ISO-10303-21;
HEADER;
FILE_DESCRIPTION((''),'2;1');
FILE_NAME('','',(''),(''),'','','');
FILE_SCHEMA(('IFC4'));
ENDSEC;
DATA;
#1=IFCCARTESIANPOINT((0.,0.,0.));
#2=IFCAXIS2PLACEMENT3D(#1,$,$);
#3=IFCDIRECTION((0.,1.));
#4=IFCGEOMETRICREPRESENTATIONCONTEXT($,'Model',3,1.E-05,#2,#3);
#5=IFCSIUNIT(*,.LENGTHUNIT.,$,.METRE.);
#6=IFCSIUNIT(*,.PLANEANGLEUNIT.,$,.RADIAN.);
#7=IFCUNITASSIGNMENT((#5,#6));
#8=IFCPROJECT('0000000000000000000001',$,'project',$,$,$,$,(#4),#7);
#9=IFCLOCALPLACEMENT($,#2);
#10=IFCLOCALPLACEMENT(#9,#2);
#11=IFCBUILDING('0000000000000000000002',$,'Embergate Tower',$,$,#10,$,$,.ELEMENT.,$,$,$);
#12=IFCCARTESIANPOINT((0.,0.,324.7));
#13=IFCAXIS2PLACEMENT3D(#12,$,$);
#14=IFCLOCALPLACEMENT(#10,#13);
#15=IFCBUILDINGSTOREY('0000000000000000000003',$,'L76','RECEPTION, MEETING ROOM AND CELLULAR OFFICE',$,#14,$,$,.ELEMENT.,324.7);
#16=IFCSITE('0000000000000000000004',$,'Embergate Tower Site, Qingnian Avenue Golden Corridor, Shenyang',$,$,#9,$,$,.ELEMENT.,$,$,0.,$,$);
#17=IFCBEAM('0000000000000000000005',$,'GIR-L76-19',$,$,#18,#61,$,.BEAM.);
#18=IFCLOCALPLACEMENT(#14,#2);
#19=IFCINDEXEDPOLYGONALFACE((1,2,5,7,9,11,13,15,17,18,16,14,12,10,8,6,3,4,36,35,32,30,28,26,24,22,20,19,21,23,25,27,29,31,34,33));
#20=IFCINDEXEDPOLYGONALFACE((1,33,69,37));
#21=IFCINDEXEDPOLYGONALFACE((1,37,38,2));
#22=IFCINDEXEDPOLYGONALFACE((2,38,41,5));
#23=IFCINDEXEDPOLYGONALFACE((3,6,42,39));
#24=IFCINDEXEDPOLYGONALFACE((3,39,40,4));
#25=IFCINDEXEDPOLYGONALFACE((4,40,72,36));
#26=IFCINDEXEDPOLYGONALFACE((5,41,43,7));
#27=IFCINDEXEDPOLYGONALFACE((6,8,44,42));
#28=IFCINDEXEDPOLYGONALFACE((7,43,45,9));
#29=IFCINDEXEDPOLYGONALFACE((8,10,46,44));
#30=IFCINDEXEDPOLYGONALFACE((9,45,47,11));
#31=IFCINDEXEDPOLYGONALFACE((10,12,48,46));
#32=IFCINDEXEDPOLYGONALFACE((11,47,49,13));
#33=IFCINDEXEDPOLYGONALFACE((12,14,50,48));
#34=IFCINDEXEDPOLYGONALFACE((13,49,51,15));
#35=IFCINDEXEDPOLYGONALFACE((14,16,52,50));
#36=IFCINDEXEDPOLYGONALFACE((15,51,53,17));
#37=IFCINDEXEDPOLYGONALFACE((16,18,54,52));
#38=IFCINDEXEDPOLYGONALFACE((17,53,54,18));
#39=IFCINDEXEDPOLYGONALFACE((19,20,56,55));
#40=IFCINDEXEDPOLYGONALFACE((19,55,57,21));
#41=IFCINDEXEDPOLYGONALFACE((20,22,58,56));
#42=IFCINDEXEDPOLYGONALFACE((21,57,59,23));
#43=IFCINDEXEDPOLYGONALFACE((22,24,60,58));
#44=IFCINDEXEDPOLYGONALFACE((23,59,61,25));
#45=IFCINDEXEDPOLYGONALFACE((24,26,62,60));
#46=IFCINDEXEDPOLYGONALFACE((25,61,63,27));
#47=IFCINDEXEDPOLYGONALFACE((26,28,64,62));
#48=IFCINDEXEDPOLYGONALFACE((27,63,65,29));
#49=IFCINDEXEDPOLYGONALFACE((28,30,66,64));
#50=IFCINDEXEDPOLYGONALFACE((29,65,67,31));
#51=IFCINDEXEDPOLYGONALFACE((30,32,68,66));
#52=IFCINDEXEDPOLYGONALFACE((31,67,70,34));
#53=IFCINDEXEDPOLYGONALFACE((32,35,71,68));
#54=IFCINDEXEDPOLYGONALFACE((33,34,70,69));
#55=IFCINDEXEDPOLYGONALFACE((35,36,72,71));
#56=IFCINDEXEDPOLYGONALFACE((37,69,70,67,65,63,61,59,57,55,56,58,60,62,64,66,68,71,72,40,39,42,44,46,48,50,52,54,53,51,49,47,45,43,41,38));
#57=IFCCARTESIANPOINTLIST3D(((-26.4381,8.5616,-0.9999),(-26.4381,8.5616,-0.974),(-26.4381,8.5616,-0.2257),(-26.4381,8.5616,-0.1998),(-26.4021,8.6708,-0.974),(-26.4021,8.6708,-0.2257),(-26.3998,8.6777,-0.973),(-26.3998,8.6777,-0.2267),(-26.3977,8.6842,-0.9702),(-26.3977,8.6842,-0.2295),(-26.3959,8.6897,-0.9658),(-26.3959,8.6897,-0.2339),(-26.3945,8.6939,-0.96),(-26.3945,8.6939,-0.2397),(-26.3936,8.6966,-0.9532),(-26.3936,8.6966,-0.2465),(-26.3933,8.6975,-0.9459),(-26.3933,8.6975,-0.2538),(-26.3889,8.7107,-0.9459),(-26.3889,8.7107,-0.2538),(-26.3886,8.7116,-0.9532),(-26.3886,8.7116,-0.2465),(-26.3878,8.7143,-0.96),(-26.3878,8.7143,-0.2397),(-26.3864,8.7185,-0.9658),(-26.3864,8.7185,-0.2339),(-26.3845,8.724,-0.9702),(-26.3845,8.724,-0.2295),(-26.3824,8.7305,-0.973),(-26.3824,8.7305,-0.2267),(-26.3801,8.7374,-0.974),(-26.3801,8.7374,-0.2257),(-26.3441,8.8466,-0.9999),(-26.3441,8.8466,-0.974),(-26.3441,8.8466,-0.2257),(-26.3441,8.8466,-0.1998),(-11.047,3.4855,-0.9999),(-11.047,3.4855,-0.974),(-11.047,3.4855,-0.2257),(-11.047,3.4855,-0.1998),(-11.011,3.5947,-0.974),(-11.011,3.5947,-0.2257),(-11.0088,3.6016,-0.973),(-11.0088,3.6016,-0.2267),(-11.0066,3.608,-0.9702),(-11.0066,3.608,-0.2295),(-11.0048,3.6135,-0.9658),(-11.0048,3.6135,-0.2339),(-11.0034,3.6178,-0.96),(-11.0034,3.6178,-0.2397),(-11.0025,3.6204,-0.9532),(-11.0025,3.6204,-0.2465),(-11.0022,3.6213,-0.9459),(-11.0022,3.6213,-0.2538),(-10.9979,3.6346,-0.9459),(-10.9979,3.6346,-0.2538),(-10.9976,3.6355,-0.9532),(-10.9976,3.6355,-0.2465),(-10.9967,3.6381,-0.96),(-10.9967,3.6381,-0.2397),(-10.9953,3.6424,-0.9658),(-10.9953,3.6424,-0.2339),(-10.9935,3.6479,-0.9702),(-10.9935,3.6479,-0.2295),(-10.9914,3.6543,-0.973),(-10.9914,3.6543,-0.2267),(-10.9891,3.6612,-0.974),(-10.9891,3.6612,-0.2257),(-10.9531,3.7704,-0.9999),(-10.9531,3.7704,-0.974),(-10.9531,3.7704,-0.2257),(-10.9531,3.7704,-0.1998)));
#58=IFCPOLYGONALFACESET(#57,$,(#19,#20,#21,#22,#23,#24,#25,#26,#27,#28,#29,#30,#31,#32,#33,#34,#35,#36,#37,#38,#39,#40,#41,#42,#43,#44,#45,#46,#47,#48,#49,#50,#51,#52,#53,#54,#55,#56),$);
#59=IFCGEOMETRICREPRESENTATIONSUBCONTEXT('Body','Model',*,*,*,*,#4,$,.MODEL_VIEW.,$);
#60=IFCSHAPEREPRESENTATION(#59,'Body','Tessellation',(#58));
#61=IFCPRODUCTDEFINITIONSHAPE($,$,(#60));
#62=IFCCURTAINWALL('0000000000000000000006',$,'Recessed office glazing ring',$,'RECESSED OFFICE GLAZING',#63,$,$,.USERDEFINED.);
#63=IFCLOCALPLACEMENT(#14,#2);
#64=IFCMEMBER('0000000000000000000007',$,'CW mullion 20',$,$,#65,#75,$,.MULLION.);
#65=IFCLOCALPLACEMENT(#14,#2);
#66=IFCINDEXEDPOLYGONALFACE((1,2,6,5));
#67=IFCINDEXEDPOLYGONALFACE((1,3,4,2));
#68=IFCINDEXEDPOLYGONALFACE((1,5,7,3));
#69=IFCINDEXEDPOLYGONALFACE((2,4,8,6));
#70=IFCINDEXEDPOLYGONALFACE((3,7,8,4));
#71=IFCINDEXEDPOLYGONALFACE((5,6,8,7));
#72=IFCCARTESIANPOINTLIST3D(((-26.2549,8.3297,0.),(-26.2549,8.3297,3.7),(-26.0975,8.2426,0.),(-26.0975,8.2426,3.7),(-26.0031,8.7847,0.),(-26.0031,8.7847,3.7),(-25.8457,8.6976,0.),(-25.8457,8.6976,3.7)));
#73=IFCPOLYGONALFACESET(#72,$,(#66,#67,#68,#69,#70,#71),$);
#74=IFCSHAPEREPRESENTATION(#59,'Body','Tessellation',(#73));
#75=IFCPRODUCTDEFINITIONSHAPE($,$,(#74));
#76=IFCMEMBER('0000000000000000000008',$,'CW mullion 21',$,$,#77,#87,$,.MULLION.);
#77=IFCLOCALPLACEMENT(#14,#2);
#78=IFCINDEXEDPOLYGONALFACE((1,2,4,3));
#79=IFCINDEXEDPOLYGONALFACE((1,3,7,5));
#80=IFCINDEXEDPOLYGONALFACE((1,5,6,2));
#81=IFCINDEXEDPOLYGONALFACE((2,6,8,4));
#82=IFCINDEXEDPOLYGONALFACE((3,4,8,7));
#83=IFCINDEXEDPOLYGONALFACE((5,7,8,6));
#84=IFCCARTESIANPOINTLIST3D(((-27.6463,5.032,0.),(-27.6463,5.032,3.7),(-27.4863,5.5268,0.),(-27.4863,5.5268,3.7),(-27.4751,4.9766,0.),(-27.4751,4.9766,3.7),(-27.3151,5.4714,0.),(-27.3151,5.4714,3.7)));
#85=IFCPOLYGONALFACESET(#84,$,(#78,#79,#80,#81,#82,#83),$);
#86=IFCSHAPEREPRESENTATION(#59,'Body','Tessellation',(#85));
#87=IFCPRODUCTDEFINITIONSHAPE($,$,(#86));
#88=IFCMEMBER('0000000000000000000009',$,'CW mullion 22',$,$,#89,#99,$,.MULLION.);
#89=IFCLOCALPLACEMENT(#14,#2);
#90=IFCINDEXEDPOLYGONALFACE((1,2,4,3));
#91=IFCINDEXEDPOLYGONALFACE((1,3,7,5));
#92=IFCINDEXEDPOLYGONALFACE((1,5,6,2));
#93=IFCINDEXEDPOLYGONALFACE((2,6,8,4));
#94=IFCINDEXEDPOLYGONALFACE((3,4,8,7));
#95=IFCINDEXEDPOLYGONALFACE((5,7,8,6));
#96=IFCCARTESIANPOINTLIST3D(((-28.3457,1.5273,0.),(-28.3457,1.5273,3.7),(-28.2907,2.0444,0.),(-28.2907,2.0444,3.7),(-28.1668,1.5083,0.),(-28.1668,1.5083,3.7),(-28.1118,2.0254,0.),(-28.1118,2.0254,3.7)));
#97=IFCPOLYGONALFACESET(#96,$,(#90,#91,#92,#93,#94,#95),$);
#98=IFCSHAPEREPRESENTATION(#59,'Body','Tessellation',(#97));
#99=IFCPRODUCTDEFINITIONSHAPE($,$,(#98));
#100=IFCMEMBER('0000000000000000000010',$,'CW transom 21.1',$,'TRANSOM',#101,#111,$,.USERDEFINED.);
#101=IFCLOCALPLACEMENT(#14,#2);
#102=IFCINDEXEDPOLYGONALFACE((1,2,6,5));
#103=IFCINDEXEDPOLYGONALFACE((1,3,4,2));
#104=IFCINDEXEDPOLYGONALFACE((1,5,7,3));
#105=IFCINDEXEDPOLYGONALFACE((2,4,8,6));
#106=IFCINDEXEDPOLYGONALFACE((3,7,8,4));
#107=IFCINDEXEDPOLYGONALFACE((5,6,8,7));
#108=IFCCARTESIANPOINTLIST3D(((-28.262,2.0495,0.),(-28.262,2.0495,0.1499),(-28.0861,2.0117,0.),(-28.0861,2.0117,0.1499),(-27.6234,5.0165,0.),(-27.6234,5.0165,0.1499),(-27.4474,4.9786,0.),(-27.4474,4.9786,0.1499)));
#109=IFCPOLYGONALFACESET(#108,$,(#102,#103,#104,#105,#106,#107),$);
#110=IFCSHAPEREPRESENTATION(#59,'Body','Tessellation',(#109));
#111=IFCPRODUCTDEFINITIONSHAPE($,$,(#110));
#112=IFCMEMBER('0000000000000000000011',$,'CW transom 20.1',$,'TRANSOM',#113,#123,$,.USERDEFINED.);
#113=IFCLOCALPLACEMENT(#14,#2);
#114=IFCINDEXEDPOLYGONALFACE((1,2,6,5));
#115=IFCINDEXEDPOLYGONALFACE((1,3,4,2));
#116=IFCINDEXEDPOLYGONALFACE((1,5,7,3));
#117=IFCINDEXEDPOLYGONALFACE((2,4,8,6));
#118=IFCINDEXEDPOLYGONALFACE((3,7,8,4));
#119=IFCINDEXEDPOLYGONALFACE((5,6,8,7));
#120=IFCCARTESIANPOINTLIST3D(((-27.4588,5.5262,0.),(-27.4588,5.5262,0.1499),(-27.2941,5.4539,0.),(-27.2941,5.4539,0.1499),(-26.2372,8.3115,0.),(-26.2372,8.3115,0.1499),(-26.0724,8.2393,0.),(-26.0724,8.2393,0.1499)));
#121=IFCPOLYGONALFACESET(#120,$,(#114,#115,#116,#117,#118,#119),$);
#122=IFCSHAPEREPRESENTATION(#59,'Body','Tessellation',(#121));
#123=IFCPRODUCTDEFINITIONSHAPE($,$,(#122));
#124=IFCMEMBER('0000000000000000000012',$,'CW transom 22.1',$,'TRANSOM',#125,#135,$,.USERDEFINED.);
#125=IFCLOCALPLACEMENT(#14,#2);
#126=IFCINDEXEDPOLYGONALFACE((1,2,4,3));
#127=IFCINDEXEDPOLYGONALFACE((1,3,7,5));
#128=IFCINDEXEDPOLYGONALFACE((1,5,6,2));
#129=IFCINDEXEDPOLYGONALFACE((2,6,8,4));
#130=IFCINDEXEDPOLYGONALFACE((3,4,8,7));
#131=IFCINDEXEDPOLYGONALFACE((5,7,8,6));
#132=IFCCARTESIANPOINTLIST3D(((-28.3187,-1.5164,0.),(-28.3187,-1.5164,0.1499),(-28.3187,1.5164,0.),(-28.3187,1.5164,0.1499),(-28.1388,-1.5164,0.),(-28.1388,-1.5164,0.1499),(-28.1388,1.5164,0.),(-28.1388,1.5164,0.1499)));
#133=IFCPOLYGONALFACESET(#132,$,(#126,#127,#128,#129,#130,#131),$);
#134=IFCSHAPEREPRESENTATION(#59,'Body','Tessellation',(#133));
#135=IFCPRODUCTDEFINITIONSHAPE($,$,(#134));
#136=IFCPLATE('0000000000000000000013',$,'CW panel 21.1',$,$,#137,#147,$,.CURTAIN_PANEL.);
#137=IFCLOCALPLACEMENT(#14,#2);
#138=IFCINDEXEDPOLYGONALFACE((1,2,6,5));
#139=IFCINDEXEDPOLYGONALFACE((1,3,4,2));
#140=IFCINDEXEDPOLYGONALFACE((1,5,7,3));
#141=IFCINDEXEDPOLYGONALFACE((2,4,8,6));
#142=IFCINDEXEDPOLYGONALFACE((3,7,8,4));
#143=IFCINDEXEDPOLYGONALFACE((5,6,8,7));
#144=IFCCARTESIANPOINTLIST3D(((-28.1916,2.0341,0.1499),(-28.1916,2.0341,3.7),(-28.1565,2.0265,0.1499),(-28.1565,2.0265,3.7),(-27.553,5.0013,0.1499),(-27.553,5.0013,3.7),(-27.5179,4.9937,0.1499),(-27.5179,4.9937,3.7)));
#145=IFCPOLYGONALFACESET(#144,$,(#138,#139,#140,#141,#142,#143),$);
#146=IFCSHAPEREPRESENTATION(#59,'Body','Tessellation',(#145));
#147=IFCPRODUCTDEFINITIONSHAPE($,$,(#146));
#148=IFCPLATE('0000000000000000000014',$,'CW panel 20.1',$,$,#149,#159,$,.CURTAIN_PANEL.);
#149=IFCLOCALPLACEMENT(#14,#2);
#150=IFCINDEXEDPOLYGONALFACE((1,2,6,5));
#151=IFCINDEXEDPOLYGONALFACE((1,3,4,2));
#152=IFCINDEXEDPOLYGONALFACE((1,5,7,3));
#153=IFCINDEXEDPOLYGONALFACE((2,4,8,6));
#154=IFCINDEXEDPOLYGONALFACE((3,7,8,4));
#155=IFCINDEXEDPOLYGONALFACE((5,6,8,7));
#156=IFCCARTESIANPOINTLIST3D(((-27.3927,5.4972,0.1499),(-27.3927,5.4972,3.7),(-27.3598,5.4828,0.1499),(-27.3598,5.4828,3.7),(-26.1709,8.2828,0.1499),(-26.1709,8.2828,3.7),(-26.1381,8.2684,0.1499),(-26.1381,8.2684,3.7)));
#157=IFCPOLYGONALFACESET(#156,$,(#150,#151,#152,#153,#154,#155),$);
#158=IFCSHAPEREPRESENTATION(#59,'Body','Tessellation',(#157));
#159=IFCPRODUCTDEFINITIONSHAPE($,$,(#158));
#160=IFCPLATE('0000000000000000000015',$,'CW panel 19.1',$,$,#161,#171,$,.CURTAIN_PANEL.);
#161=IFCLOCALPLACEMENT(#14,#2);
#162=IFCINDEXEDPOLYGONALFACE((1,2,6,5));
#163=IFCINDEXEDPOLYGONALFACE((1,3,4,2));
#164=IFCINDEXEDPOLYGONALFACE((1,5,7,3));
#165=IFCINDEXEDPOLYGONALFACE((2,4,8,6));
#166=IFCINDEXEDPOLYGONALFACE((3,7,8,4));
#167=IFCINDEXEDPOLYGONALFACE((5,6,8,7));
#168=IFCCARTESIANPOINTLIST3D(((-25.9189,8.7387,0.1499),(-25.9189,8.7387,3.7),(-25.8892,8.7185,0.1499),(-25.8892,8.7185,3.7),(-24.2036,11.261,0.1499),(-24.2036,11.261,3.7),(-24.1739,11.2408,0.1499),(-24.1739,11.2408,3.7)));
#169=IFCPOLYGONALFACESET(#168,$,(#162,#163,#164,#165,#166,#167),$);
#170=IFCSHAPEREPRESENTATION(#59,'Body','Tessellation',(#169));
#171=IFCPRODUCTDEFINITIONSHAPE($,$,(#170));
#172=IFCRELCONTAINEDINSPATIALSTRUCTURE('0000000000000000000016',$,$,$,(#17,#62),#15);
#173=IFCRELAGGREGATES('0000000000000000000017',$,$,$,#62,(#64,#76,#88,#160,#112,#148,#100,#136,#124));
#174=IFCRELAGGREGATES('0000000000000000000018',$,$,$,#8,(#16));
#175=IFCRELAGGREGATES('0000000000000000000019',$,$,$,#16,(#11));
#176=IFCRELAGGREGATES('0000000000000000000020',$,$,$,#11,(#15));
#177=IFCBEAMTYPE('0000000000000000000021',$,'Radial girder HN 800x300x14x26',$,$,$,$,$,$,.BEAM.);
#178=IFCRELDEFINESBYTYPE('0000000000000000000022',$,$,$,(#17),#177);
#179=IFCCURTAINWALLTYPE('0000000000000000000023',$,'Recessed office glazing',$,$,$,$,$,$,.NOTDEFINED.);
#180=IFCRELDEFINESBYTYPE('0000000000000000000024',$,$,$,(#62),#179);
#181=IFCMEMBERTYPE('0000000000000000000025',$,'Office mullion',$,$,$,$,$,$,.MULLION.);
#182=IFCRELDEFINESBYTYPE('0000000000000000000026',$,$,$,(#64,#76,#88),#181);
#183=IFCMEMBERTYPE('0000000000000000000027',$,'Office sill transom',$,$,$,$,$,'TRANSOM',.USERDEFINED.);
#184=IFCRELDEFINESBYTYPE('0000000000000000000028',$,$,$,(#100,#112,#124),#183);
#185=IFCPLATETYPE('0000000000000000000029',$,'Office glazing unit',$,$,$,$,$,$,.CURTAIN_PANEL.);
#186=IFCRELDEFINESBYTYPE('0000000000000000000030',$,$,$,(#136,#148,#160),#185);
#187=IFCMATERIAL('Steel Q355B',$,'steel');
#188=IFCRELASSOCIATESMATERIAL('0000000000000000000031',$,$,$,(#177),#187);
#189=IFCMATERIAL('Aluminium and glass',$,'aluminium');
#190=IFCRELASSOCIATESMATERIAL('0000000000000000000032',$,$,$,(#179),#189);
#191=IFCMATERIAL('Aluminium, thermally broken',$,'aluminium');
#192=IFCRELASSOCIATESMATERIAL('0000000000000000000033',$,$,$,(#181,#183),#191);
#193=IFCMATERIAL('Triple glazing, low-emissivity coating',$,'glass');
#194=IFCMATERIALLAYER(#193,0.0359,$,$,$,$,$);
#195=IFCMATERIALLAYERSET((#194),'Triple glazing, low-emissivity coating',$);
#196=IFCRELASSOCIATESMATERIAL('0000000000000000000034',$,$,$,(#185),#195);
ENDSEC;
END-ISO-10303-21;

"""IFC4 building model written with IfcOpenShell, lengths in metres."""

from ifc_helpers import new_model, si_unit, direction, frame, origin, origin_2d, place, context, subcontext, project, spatial, rectangle, i_section, extrude, source, transform, mapped, material, layer, layer_set, material_profile, profile_set, type_object, element, aggregate, save


model = new_model("IFC4")

# Units and contexts
model_context = context("Model", 3, precision=1e-05, world=origin(), true_north=direction((0.0, 1.0)))
body_context = subcontext(model_context, "Body", "Model", "MODEL_VIEW")
ifc_project = project(units=[si_unit("LENGTHUNIT", "METRE"), si_unit("PLANEANGLEUNIT", "RADIAN")], contexts=[model_context])

# Site, building, storey
site_placement = place(None, origin())
site = spatial("IfcSite", under=ifc_project, at=site_placement, Name="Embergate Tower Site, Qingnian Avenue Golden Corridor, Shenyang", CompositionType="ELEMENT", RefElevation=0.0)
building_placement = place(site_placement, origin())
building = spatial("IfcBuilding", under=site, at=building_placement, Name="Embergate Tower", CompositionType="ELEMENT")
storey_placement = place(building_placement, frame((0.0, 0.0, 324.7)))
storey = spatial("IfcBuildingStorey", under=building, at=storey_placement, Name="L76", Description="RECEPTION, MEETING ROOM AND CELLULAR OFFICE", CompositionType="ELEMENT", Elevation=324.7)

# Beam
ifc_material_1 = material(Name="Steel Q355B", Category="steel")
ifc_material_profile_1 = material_profile(ifc_material_1, i_section(OverallWidth=0.3, OverallDepth=0.8, WebThickness=0.0139, FlangeThickness=0.0259, FilletRadius=0.0281, at=origin_2d()), Name="HN 800x300x14x26")
ifc_profile_set_1 = profile_set([ifc_material_profile_1], Name="Steel Q355 grade B")
beam_type_1 = type_object("IfcBeamType", Name="Radial girder HN 800x300x14x26", PredefinedType="BEAM", material=ifc_profile_set_1)
shared_shape_1 = source(origin(), body_context, "Body", "SweptSolid", [
    extrude(i_section(OverallWidth=0.3, OverallDepth=0.8, WebThickness=0.0139, FlangeThickness=0.0259, FilletRadius=0.0281, at=origin_2d()), origin(), (0.0, 0.0, 1.0), 16.2065),
])
beam_1_placement = place(storey_placement, frame((-26.3911, 8.7041, -0.5999), z_axis=(0.949682, -0.313216, 0.0), x_axis=(0.313216, 0.949682, 0.0)))
element("IfcBeam", 1, at=beam_1_placement, inside=storey, type_object=beam_type_1, Name="GIR-L76-19", PredefinedType="BEAM", context=body_context, shape_type="MappedRepresentation", body=[
    mapped(shared_shape_1, transform((0.0, 0.0, 0.0))),
])

# Curtain wall, members, plates
ifc_material_2 = material(Name="Aluminium and glass", Category="aluminium")
curtain_wall_type = type_object("IfcCurtainWallType", Name="Recessed office glazing", PredefinedType="NOTDEFINED", material=ifc_material_2)
curtain_wall_placement = place(storey_placement, origin())
curtain_wall = element("IfcCurtainWall", 2, at=curtain_wall_placement, inside=storey, type_object=curtain_wall_type, Name="Recessed office glazing ring", ObjectType="RECESSED OFFICE GLAZING", PredefinedType="USERDEFINED")
ifc_material_3 = material(Name="Aluminium, thermally broken", Category="aluminium")
ifc_material_profile_2 = material_profile(ifc_material_3, rectangle(XDim=0.1799, YDim=0.52, at=origin_2d()), Name="AL 520x180")
ifc_profile_set_2 = profile_set([ifc_material_profile_2], Name="Aluminium, thermally broken")
member_type_1 = type_object("IfcMemberType", Name="Office mullion", PredefinedType="MULLION", material=ifc_profile_set_2)
shared_shape_2 = source(origin(), body_context, "Body", "SweptSolid", [
    extrude(rectangle(XDim=0.1799, YDim=0.52, at=origin_2d()), origin(), (0.0, 0.0, 1.0), 3.7),
])
member_1_placement = place(storey_placement, frame((-26.0503, 8.5137, 0.0), z_axis=(0.0, 0.0, 1.0), x_axis=(0.874991, -0.484139, 0.0)))
member_1 = element("IfcMember", 3, at=member_1_placement, type_object=member_type_1, Name="CW mullion 20", PredefinedType="MULLION", context=body_context, shape_type="MappedRepresentation", body=[
    mapped(shared_shape_2, transform((0.0, 0.0, 0.0))),
])
member_2_placement = place(storey_placement, frame((-27.4807, 5.2517, 0.0), z_axis=(0.0, 0.0, 1.0), x_axis=(0.951492, -0.307674, 0.0)))
member_2 = element("IfcMember", 4, at=member_2_placement, type_object=member_type_1, Name="CW mullion 21", PredefinedType="MULLION", context=body_context, shape_type="MappedRepresentation", body=[
    mapped(shared_shape_2, transform((0.0, 0.0, 0.0))),
])
member_3_placement = place(storey_placement, frame((-28.2288, 1.7764, 0.0), z_axis=(0.0, 0.0, 1.0), x_axis=(0.994384, -0.105832, 0.0)))
member_3 = element("IfcMember", 5, at=member_3_placement, type_object=member_type_1, Name="CW mullion 22", PredefinedType="MULLION", context=body_context, shape_type="MappedRepresentation", body=[
    mapped(shared_shape_2, transform((0.0, 0.0, 0.0))),
])
ifc_material_profile_3 = material_profile(ifc_material_3, rectangle(XDim=0.1799, YDim=0.1499, at=origin_2d()), Name="AL 150x180")
ifc_profile_set_3 = profile_set([ifc_material_profile_3], Name="Aluminium, thermally broken")
member_type_2 = type_object("IfcMemberType", Name="Office sill transom", ElementType="TRANSOM", PredefinedType="USERDEFINED", material=ifc_profile_set_3)
shared_shape_3 = source(origin(), body_context, "Body", "SweptSolid", [
    extrude(rectangle(XDim=0.1799, YDim=0.1499, at=origin_2d()), origin(), (0.0, 0.0, 1.0), 3.0349),
])
member_4_placement = place(storey_placement, frame((-27.5354, 4.9976, 0.075), z_axis=(-0.210435, -0.977608, 0.0), x_axis=(0.977608, -0.210435, 0.0)))
member_4 = element("IfcMember", 6, at=member_4_placement, type_object=member_type_2, Name="CW transom 21.1", ObjectType="TRANSOM", PredefinedType="USERDEFINED", context=body_context, shape_type="MappedRepresentation", body=[
    mapped(shared_shape_3, transform((0.0, 0.0, 0.0))),
])
shared_shape_4 = source(origin(), body_context, "Body", "SweptSolid", [
    extrude(rectangle(XDim=0.1799, YDim=0.1499, at=origin_2d()), origin(), (0.0, 0.0, 1.0), 3.0415),
])
member_5_placement = place(storey_placement, frame((-26.1548, 8.2754, 0.075), z_axis=(-0.401665, -0.915787, 0.0), x_axis=(0.915787, -0.401665, 0.0)))
member_5 = element("IfcMember", 7, at=member_5_placement, type_object=member_type_2, Name="CW transom 20.1", ObjectType="TRANSOM", PredefinedType="USERDEFINED", context=body_context, shape_type="MappedRepresentation", body=[
    mapped(shared_shape_4, transform((0.0, 0.0, 0.0))),
])
shared_shape_5 = source(origin(), body_context, "Body", "SweptSolid", [
    extrude(rectangle(XDim=0.1799, YDim=0.1499, at=origin_2d()), origin(), (0.0, 0.0, 1.0), 3.0327),
])
member_6_placement = place(storey_placement, frame((-28.2288, 1.5164, 0.075), z_axis=(0.0, -1.0, 0.0), x_axis=(1.0, 0.0, 0.0)))
member_6 = element("IfcMember", 8, at=member_6_placement, type_object=member_type_2, Name="CW transom 22.1", ObjectType="TRANSOM", PredefinedType="USERDEFINED", context=body_context, shape_type="MappedRepresentation", body=[
    mapped(shared_shape_5, transform((0.0, 0.0, 0.0))),
])
ifc_material_4 = material(Name="Triple glazing, low-emissivity coating", Category="glass")
ifc_layer_1 = layer(ifc_material_4, 0.0359)
ifc_layer_set_1 = layer_set([ifc_layer_1], Name="Triple glazing, low-emissivity coating")
plate_type = type_object("IfcPlateType", Name="Office glazing unit", PredefinedType="CURTAIN_PANEL", material=ifc_layer_set_1)
shared_shape_6 = source(origin(), body_context, "Body", "SweptSolid", [
    extrude(rectangle(XDim=3.0352, YDim=0.0359, at=origin_2d()), origin(), (0.0, 0.0, 1.0), 3.55),
])
plate_1_placement = place(storey_placement, frame((-27.8547, 3.5139, 0.1499), z_axis=(0.0, 0.0, 1.0), x_axis=(-0.2104, -0.977615, 0.0)))
plate_1 = element("IfcPlate", 9, at=plate_1_placement, type_object=plate_type, Name="CW panel 21.1", PredefinedType="CURTAIN_PANEL", context=body_context, shape_type="MappedRepresentation", body=[
    mapped(shared_shape_6, transform((0.0, 0.0, 0.0))),
])
shared_shape_7 = source(origin(), body_context, "Body", "SweptSolid", [
    extrude(rectangle(XDim=3.0417, YDim=0.0359, at=origin_2d()), origin(), (0.0, 0.0, 1.0), 3.55),
])
plate_2_placement = place(storey_placement, frame((-26.7654, 6.8828, 0.1499), z_axis=(0.0, 0.0, 1.0), x_axis=(-0.401654, -0.915792, 0.0)))
plate_2 = element("IfcPlate", 10, at=plate_2_placement, type_object=plate_type, Name="CW panel 20.1", PredefinedType="CURTAIN_PANEL", context=body_context, shape_type="MappedRepresentation", body=[
    mapped(shared_shape_7, transform((0.0, 0.0, 0.0))),
])
shared_shape_8 = source(origin(), body_context, "Body", "SweptSolid", [
    extrude(rectangle(XDim=3.0503, YDim=0.0359, at=origin_2d()), origin(), (0.0, 0.0, 1.0), 3.55),
])
plate_3_placement = place(storey_placement, frame((-25.0464, 9.9897, 0.1499), z_axis=(0.0, 0.0, 1.0), x_axis=(-0.562342, -0.826905, 0.0)))
plate_3 = element("IfcPlate", 11, at=plate_3_placement, type_object=plate_type, Name="CW panel 19.1", PredefinedType="CURTAIN_PANEL", context=body_context, shape_type="MappedRepresentation", body=[
    mapped(shared_shape_8, transform((0.0, 0.0, 0.0))),
])
aggregate(curtain_wall, [member_1, member_2, member_3, plate_3, member_5, plate_2, member_4, plate_1, member_6])

save(model, "model.ifc")
